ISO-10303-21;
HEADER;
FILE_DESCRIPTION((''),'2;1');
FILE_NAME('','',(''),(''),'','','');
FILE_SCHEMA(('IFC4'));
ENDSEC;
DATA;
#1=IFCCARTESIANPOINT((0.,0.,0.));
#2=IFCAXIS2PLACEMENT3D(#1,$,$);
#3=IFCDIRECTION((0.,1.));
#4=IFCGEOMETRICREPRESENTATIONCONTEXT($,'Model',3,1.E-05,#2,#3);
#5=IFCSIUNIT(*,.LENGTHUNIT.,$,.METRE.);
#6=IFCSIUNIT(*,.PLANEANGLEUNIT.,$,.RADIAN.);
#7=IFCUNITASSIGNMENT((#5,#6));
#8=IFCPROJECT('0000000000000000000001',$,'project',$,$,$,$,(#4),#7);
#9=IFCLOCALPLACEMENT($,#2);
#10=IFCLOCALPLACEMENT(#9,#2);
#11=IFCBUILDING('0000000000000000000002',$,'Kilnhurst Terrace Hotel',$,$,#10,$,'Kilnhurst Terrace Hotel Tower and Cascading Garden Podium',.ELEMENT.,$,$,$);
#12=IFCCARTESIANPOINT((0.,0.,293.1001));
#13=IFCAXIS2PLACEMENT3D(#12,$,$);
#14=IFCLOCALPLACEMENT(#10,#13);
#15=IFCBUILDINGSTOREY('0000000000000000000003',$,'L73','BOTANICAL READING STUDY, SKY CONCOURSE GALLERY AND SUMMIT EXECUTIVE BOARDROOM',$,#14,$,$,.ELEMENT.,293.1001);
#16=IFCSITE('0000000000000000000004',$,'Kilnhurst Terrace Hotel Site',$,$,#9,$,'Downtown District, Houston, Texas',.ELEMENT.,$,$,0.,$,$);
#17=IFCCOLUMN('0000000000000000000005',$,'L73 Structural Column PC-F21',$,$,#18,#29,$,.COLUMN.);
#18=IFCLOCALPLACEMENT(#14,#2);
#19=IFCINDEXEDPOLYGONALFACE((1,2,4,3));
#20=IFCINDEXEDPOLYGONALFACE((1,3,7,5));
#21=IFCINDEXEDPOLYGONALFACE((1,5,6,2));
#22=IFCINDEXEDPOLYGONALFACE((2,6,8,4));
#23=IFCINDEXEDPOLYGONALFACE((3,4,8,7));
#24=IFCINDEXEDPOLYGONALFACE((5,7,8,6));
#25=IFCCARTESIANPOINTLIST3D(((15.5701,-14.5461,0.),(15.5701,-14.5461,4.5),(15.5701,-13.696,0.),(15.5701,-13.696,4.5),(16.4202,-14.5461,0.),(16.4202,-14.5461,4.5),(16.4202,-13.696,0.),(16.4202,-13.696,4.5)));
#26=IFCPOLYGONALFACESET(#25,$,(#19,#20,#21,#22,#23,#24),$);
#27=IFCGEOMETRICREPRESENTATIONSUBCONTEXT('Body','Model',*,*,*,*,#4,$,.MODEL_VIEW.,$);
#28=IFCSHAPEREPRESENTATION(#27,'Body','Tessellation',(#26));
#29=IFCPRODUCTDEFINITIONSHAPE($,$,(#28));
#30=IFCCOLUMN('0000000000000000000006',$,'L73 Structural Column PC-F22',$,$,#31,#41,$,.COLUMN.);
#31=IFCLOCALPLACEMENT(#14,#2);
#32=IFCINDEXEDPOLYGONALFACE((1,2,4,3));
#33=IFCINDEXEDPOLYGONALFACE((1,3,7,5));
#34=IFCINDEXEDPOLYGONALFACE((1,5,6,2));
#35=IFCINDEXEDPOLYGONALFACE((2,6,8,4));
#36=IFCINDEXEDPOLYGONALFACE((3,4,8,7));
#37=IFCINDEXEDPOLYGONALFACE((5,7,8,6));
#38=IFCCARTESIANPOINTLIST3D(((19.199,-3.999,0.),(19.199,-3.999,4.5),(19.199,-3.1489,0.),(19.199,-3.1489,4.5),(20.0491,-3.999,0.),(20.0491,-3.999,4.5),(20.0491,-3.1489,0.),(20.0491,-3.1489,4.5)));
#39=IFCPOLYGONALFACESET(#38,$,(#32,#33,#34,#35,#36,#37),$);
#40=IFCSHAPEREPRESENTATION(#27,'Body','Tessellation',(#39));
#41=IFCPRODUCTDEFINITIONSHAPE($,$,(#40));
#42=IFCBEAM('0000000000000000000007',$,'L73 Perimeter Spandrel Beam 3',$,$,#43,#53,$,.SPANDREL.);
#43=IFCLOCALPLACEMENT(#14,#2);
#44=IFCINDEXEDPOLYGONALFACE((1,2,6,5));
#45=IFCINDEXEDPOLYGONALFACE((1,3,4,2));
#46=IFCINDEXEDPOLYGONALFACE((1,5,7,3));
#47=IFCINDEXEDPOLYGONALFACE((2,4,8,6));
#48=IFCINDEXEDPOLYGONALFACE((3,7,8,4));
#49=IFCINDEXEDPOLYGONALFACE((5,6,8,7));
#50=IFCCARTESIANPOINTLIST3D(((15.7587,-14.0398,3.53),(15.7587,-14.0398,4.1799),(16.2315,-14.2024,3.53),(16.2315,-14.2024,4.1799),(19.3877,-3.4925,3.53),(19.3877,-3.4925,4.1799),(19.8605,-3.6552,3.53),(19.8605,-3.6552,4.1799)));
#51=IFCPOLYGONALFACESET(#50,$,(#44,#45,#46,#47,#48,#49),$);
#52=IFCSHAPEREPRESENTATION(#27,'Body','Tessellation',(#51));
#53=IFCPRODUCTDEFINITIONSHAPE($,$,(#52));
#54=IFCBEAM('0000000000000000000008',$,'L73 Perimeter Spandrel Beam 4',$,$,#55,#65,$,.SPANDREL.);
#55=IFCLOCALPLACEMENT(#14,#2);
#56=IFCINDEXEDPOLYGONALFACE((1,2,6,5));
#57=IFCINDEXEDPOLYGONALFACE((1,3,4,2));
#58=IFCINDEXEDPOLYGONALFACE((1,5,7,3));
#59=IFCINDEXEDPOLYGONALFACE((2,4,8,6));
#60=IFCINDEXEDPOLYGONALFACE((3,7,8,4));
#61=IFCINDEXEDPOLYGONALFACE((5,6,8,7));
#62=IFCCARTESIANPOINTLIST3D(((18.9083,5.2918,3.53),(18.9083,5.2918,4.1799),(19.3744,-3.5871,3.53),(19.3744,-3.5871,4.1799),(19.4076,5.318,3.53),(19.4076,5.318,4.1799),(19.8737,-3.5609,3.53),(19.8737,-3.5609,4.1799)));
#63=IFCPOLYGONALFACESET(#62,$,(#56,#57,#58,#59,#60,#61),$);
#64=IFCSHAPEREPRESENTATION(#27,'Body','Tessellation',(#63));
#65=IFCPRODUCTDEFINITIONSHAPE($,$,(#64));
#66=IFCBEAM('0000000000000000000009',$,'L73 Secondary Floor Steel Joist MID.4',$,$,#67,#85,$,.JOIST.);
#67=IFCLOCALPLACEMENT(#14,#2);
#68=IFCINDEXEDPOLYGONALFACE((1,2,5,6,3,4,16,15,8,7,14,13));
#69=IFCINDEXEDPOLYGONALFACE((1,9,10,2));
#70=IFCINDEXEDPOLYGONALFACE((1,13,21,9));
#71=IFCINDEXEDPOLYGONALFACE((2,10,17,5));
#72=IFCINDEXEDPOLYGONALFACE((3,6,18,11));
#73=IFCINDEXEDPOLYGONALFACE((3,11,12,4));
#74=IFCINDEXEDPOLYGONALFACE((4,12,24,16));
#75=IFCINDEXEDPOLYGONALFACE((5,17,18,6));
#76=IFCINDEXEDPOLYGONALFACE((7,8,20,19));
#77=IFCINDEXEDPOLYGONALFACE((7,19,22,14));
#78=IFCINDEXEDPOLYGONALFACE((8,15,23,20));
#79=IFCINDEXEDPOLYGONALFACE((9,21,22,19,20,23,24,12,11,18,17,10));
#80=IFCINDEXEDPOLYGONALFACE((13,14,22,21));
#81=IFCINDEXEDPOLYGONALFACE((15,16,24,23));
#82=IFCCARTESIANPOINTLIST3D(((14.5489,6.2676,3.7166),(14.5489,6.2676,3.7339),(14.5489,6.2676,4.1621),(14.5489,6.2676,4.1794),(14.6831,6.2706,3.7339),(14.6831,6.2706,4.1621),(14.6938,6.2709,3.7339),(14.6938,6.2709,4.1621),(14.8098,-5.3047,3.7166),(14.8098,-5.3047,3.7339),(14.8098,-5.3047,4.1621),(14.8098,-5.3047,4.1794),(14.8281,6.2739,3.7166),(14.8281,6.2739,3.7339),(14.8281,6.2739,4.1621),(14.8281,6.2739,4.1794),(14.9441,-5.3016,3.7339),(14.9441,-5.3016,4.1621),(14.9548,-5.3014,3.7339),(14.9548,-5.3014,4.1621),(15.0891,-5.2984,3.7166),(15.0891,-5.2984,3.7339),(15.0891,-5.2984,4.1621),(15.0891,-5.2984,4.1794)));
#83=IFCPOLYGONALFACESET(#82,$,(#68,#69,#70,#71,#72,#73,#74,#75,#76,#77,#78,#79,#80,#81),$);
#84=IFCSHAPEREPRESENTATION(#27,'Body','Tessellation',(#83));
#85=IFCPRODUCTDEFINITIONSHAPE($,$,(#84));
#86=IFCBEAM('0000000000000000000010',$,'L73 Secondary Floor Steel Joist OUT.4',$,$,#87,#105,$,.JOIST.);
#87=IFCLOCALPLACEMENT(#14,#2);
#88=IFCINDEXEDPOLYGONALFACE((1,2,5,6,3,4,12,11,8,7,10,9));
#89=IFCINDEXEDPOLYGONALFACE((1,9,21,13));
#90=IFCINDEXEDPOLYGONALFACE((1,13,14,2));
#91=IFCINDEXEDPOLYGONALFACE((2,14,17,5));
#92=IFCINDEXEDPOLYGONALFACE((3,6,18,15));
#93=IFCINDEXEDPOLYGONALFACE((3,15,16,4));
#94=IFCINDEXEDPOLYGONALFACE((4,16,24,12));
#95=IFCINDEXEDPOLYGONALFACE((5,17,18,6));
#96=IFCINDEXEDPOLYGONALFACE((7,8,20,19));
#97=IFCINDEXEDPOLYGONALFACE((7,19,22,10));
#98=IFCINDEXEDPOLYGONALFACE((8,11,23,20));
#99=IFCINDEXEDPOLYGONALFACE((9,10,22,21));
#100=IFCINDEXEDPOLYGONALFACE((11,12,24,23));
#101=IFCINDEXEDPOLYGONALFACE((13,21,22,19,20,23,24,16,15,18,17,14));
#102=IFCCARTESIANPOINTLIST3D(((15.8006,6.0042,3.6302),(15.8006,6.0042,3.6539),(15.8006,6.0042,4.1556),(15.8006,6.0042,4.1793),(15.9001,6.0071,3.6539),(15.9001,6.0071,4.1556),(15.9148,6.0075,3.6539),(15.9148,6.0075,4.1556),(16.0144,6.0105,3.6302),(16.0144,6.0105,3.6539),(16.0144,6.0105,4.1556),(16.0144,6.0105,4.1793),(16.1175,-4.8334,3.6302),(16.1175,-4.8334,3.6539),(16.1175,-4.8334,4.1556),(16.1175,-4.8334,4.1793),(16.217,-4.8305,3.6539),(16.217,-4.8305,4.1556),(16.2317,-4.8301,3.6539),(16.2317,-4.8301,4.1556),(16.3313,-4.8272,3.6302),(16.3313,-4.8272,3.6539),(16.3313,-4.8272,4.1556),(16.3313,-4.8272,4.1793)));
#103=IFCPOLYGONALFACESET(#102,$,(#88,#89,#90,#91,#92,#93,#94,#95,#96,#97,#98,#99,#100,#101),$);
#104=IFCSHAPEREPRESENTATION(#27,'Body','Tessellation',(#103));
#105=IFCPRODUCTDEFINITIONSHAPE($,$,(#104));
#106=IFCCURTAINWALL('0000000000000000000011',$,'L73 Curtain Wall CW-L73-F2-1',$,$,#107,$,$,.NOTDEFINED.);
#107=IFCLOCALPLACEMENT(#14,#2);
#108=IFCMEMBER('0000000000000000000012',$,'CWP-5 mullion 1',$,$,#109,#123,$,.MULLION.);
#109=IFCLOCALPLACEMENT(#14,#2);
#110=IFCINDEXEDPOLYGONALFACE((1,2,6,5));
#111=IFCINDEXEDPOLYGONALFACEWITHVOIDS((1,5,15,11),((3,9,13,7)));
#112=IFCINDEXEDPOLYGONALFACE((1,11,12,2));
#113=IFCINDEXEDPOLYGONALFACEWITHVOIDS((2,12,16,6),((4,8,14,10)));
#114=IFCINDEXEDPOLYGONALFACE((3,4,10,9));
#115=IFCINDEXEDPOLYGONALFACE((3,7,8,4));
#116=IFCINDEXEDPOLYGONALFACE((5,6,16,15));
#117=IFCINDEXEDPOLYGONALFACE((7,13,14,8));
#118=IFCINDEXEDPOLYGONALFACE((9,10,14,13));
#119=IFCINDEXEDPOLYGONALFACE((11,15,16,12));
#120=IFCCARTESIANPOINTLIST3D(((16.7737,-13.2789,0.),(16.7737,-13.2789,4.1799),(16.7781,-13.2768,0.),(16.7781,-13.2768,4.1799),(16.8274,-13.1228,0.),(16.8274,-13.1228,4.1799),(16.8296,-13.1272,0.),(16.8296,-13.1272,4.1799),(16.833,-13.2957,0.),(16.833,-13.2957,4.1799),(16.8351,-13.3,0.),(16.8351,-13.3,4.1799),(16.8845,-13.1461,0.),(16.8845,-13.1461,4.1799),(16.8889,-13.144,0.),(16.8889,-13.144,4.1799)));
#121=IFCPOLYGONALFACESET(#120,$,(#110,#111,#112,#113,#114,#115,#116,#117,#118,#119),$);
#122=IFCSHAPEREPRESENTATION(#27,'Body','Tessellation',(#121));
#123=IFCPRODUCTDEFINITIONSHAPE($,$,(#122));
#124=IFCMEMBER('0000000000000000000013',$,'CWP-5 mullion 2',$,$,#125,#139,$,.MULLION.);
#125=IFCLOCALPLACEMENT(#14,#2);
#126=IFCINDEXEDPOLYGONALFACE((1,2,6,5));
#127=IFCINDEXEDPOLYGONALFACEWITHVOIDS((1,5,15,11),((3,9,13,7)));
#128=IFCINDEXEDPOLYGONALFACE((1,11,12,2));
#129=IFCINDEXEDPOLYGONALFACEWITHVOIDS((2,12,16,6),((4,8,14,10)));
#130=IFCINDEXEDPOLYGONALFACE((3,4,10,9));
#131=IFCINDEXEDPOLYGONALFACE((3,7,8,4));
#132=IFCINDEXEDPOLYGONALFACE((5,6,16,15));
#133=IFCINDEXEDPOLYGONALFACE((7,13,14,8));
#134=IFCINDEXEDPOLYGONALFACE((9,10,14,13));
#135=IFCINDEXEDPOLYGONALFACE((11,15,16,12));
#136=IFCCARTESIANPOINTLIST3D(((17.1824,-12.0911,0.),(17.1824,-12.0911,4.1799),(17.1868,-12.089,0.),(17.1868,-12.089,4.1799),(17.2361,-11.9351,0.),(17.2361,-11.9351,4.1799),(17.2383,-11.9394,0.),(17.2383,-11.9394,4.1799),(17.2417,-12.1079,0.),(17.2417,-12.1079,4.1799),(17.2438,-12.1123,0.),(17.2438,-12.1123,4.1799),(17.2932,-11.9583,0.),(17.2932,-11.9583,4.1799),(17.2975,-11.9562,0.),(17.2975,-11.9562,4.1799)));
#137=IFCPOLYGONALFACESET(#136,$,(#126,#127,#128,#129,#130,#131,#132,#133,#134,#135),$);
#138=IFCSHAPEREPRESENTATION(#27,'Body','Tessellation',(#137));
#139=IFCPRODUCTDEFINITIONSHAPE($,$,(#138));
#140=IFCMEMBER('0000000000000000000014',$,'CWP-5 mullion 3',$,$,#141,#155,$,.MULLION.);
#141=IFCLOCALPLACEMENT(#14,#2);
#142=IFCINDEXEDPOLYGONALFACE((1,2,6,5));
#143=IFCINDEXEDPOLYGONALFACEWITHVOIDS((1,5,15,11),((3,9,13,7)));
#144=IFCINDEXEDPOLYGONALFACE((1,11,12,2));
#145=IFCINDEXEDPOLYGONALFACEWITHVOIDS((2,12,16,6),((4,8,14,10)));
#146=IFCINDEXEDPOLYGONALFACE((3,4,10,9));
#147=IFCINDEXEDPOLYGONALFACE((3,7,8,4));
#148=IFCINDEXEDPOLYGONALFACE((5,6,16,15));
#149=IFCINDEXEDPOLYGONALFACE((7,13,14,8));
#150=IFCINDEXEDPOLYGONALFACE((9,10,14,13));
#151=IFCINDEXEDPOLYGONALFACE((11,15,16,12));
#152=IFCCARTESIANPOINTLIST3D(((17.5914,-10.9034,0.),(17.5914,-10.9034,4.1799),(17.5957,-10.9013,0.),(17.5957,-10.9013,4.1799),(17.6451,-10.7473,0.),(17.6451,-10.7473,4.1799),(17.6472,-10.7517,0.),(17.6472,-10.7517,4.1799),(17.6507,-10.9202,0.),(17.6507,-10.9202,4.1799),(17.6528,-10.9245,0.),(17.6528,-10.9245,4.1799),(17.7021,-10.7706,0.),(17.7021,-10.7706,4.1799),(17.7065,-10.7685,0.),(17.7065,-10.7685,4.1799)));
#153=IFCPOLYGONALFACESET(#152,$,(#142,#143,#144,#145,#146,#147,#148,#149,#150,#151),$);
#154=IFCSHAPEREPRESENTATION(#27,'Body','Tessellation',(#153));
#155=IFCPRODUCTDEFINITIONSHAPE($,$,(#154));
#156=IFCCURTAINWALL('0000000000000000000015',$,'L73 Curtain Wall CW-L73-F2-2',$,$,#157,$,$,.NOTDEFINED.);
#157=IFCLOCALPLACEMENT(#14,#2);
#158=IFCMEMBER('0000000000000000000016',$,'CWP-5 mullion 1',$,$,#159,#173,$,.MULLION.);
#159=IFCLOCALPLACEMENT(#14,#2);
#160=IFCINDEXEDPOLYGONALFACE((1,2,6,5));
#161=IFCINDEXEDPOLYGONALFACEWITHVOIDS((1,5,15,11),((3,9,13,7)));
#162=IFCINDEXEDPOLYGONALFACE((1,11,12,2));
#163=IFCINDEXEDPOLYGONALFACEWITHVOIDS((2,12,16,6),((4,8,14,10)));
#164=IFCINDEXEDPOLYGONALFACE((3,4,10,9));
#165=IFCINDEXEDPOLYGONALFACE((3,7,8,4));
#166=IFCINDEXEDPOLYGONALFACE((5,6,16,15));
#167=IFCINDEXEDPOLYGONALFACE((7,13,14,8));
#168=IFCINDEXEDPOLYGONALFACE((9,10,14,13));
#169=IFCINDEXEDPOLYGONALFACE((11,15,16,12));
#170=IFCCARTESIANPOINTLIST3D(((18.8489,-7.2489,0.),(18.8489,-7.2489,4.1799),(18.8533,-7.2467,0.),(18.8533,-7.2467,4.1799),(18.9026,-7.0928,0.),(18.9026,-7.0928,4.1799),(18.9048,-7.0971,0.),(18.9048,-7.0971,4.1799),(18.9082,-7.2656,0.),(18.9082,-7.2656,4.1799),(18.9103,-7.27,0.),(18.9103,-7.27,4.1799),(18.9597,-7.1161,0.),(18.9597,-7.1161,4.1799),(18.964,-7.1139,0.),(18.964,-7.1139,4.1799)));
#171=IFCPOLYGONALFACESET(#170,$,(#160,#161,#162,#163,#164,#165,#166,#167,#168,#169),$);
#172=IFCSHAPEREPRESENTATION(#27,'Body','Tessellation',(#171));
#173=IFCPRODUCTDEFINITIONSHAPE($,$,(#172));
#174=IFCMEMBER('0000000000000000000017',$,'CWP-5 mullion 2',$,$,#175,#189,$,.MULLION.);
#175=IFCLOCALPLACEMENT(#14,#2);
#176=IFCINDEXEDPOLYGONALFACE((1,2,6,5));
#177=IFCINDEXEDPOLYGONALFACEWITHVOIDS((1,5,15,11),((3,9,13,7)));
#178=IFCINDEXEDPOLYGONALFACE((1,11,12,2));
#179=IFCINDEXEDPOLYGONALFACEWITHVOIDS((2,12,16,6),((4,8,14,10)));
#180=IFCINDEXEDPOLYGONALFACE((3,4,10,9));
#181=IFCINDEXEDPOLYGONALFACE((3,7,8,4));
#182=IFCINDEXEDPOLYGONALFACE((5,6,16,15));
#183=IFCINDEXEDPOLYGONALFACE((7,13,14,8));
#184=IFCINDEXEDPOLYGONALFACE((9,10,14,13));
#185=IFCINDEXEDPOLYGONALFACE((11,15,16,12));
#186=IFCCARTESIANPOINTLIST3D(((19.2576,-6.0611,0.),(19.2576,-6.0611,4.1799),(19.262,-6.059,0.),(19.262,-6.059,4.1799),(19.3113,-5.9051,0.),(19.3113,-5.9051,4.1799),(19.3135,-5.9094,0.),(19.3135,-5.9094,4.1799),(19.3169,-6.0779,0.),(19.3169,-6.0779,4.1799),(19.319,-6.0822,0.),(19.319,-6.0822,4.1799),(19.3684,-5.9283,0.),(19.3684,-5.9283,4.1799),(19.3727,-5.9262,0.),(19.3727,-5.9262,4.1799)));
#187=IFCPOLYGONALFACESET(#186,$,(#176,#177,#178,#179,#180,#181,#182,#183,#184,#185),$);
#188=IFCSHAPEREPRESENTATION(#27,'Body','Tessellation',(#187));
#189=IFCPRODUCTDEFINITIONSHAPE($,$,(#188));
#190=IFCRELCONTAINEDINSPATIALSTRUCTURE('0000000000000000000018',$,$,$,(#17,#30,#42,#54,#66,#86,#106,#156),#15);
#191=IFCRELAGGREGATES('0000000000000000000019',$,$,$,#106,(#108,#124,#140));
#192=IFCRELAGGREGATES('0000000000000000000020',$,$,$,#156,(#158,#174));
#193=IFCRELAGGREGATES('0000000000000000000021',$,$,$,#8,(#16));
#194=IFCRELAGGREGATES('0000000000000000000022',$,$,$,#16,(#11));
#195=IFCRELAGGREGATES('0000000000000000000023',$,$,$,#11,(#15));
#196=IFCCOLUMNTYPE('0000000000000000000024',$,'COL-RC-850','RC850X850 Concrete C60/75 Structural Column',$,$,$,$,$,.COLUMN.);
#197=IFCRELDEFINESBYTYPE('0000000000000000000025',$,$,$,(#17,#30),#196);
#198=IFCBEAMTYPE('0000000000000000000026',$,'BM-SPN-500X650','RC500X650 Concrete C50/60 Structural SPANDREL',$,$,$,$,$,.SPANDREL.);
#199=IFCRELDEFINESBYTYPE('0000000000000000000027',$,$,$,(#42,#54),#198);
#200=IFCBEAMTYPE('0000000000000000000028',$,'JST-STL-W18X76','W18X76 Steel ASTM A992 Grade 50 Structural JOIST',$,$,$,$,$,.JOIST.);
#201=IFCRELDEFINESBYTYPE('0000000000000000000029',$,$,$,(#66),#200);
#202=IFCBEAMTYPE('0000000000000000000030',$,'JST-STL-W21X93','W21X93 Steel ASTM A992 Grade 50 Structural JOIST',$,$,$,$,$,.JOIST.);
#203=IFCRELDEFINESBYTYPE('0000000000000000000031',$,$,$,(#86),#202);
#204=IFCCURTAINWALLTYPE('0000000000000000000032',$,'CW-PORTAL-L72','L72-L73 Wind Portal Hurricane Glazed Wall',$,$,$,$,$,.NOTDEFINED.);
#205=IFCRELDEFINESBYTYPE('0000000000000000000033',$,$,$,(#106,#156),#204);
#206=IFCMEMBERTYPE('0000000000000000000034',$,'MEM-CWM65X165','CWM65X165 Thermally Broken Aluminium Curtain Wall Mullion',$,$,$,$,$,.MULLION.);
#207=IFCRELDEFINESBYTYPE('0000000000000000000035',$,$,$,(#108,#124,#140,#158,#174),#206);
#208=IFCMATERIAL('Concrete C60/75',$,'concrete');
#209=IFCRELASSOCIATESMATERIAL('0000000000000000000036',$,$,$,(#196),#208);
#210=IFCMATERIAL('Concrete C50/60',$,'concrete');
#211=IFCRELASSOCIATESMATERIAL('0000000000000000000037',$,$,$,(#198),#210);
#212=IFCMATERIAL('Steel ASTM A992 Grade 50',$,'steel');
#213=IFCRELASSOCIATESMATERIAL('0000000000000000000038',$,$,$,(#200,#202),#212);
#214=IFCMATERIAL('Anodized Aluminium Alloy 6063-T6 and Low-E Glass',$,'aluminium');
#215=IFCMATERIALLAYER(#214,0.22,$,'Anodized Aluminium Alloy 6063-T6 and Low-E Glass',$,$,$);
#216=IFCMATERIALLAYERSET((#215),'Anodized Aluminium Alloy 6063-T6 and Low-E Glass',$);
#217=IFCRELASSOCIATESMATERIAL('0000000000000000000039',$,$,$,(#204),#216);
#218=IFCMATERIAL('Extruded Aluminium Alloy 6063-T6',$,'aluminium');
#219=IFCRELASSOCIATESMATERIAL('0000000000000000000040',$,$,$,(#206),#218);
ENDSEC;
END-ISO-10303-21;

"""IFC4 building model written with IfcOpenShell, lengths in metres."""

from ifc_helpers import new_model, si_unit, direction, frame, origin, origin_2d, place, context, subcontext, project, spatial, rectangle, hollow_rectangle, i_section, extrude, material, layer, layer_set, material_profile, profile_set, type_object, element, aggregate, save


model = new_model("IFC4")

# Units and contexts
model_context = context("Model", 3, precision=1e-05, world=origin(), true_north=direction((0.0, 1.0)))
body_context = subcontext(model_context, "Body", "Model", "MODEL_VIEW")
ifc_project = project(units=[si_unit("LENGTHUNIT", "METRE"), si_unit("PLANEANGLEUNIT", "RADIAN")], contexts=[model_context])

# Site, building, storey
site_placement = place(None, origin())
site = spatial("IfcSite", under=ifc_project, at=site_placement, Name="Kilnhurst Terrace Hotel Site", LongName="Downtown District, Houston, Texas", CompositionType="ELEMENT", RefElevation=0.0)
building_placement = place(site_placement, origin())
building = spatial("IfcBuilding", under=site, at=building_placement, Name="Kilnhurst Terrace Hotel", LongName="Kilnhurst Terrace Hotel Tower and Cascading Garden Podium", CompositionType="ELEMENT")
storey_placement = place(building_placement, frame((0.0, 0.0, 293.1001)))
storey = spatial("IfcBuildingStorey", under=building, at=storey_placement, Name="L73", Description="BOTANICAL READING STUDY, SKY CONCOURSE GALLERY AND SUMMIT EXECUTIVE BOARDROOM", CompositionType="ELEMENT", Elevation=293.1001)

# Columns
ifc_material_1 = material(Name="Concrete C60/75", Category="concrete")
ifc_material_profile_1 = material_profile(ifc_material_1, rectangle(XDim=0.8501, YDim=0.8501, at=origin_2d()), Name="RC850X850")
ifc_profile_set_1 = profile_set([ifc_material_profile_1], Name="Concrete C60/75")
column_type = type_object("IfcColumnType", Name="COL-RC-850", Description="RC850X850 Concrete C60/75 Structural Column", PredefinedType="COLUMN", material=ifc_profile_set_1)
for number, where, z_axis, x_axis, name in (
    (1, (15.9951, -14.1211, 0.0), (0.0, 0.0, 1.0), (1.0, 0.0, 0.0), "L73 Structural Column PC-F21"),
    (2, (19.624, -3.574, 0.0), (0.0, 0.0, 1.0), (1.0, 0.0, 0.0), "L73 Structural Column PC-F22"),
):
    element("IfcColumn", number, at=place(storey_placement, frame(where, z_axis=z_axis, x_axis=x_axis)), inside=storey, type_object=column_type, Name=name, PredefinedType="COLUMN", context=body_context, shape_type="SweptSolid", body=[
        extrude(rectangle(XDim=0.8501, YDim=0.8501, at=origin_2d()), origin(), (0.0, 0.0, 1.0), 4.5),
    ])

# Beams
ifc_material_2 = material(Name="Concrete C50/60", Category="concrete")
ifc_material_profile_2 = material_profile(ifc_material_2, rectangle(XDim=0.5, YDim=0.6499, at=origin_2d()), Name="RC500X650")
ifc_profile_set_2 = profile_set([ifc_material_profile_2], Name="Concrete C50/60")
beam_type_1 = type_object("IfcBeamType", Name="BM-SPN-500X650", Description="RC500X650 Concrete C50/60 Structural SPANDREL", PredefinedType="SPANDREL", material=ifc_profile_set_2)
beam_1_placement = place(storey_placement, frame((15.9951, -14.1211, 3.855), z_axis=(0.325347, 0.945595, 0.0), x_axis=(-0.945595, 0.325347, 0.0)))
element("IfcBeam", 3, at=beam_1_placement, inside=storey, type_object=beam_type_1, Name="L73 Perimeter Spandrel Beam 3", PredefinedType="SPANDREL", context=body_context, shape_type="SweptSolid", body=[
    extrude(rectangle(XDim=0.5, YDim=0.6499, at=origin_2d()), origin(), (0.0, 0.0, 1.0), 11.1541),
])
beam_2_placement = place(storey_placement, frame((19.624, -3.574, 3.855), z_axis=(-0.052419, 0.998625, 0.0), x_axis=(-0.998625, -0.052419, 0.0)))
element("IfcBeam", 4, at=beam_2_placement, inside=storey, type_object=beam_type_1, Name="L73 Perimeter Spandrel Beam 4", PredefinedType="SPANDREL", context=body_context, shape_type="SweptSolid", body=[
    extrude(rectangle(XDim=0.5, YDim=0.6499, at=origin_2d()), origin(), (0.0, 0.0, 1.0), 8.8911),
])
ifc_material_3 = material(Name="Steel ASTM A992 Grade 50", Category="steel")
ifc_material_profile_3 = material_profile(ifc_material_3, i_section(OverallWidth=0.2793, OverallDepth=0.4629, WebThickness=0.0107, FlangeThickness=0.0173, at=origin_2d()), Name="W18X76")
ifc_profile_set_3 = profile_set([ifc_material_profile_3], Name="Steel ASTM A992 Grade 50")
beam_type_2 = type_object("IfcBeamType", Name="JST-STL-W18X76", Description="W18X76 Steel ASTM A992 Grade 50 Structural JOIST", PredefinedType="JOIST", material=ifc_profile_set_3)
beam_3_placement = place(storey_placement, frame((14.9495, -5.3015, 3.948), z_axis=(-0.022547, 0.999746, 0.0), x_axis=(-0.999746, -0.022547, 0.0)))
element("IfcBeam", 5, at=beam_3_placement, inside=storey, type_object=beam_type_2, Name="L73 Secondary Floor Steel Joist MID.4", PredefinedType="JOIST", context=body_context, shape_type="SweptSolid", body=[
    extrude(i_section(OverallWidth=0.2793, OverallDepth=0.4629, WebThickness=0.0107, FlangeThickness=0.0173, at=origin_2d()), origin(), (0.0, 0.0, 1.0), 11.5752),
])
ifc_material_profile_4 = material_profile(ifc_material_3, i_section(OverallWidth=0.2139, OverallDepth=0.5491, WebThickness=0.0146, FlangeThickness=0.0237, at=origin_2d()), Name="W21X93")
ifc_profile_set_4 = profile_set([ifc_material_profile_4], Name="Steel ASTM A992 Grade 50")
beam_type_3 = type_object("IfcBeamType", Name="JST-STL-W21X93", Description="W21X93 Steel ASTM A992 Grade 50 Structural JOIST", PredefinedType="JOIST", material=ifc_profile_set_4)
beam_4_placement = place(storey_placement, frame((16.2244, -4.8303, 3.9048), z_axis=(-0.029228, 0.999573, 0.0), x_axis=(-0.999573, -0.029228, 0.0)))
element("IfcBeam", 6, at=beam_4_placement, inside=storey, type_object=beam_type_3, Name="L73 Secondary Floor Steel Joist OUT.4", PredefinedType="JOIST", context=body_context, shape_type="SweptSolid", body=[
    extrude(i_section(OverallWidth=0.2139, OverallDepth=0.5491, WebThickness=0.0146, FlangeThickness=0.0237, at=origin_2d()), origin(), (0.0, 0.0, 1.0), 10.8423),
])

# Curtain walls, members
ifc_material_4 = material(Name="Anodized Aluminium Alloy 6063-T6 and Low-E Glass", Category="aluminium")
ifc_layer_1 = layer(ifc_material_4, 0.22, Name="Anodized Aluminium Alloy 6063-T6 and Low-E Glass")
ifc_layer_set_1 = layer_set([ifc_layer_1], Name="Anodized Aluminium Alloy 6063-T6 and Low-E Glass")
curtain_wall_type = type_object("IfcCurtainWallType", Name="CW-PORTAL-L72", Description="L72-L73 Wind Portal Hurricane Glazed Wall", PredefinedType="NOTDEFINED", material=ifc_layer_set_1)
curtain_wall_1_placement = place(storey_placement, origin())
curtain_wall_1 = element("IfcCurtainWall", 7, at=curtain_wall_1_placement, inside=storey, type_object=curtain_wall_type, Name="L73 Curtain Wall CW-L73-F2-1", PredefinedType="NOTDEFINED")
ifc_material_5 = material(Name="Extruded Aluminium Alloy 6063-T6", Category="aluminium")
ifc_material_profile_5 = material_profile(ifc_material_5, hollow_rectangle(XDim=0.0649, YDim=0.165, WallThickness=0.0034, at=origin_2d()), Name="CWM65X165")
ifc_profile_set_5 = profile_set([ifc_material_profile_5], Name="Extruded Aluminium Alloy 6063-T6")
member_type_1 = type_object("IfcMemberType", Name="MEM-CWM65X165", Description="CWM65X165 Thermally Broken Aluminium Curtain Wall Mullion", PredefinedType="MULLION", material=ifc_profile_set_5)
member_1_placement = place(storey_placement, frame((16.8313, -13.2114, 0.0), z_axis=(0.0, 0.0, 1.0), x_axis=(-0.945573, 0.325409, 0.0)))
member_1 = element("IfcMember", 8, at=member_1_placement, type_object=member_type_1, Name="CWP-5 mullion 1", PredefinedType="MULLION", context=body_context, shape_type="SweptSolid", body=[
    extrude(hollow_rectangle(XDim=0.0649, YDim=0.165, WallThickness=0.0034, at=origin_2d()), origin(), (0.0, 0.0, 1.0), 4.1799),
])
member_2_placement = place(storey_placement, frame((17.24, -12.0237, 0.0), z_axis=(0.0, 0.0, 1.0), x_axis=(-0.945573, 0.325409, 0.0)))
member_2 = element("IfcMember", 9, at=member_2_placement, type_object=member_type_1, Name="CWP-5 mullion 2", PredefinedType="MULLION", context=body_context, shape_type="SweptSolid", body=[
    extrude(hollow_rectangle(XDim=0.0649, YDim=0.165, WallThickness=0.0034, at=origin_2d()), origin(), (0.0, 0.0, 1.0), 4.1799),
])
member_3_placement = place(storey_placement, frame((17.6489, -10.8359, 0.0), z_axis=(0.0, 0.0, 1.0), x_axis=(-0.945573, 0.325409, 0.0)))
member_3 = element("IfcMember", 10, at=member_3_placement, type_object=member_type_1, Name="CWP-5 mullion 3", PredefinedType="MULLION", context=body_context, shape_type="SweptSolid", body=[
    extrude(hollow_rectangle(XDim=0.0649, YDim=0.165, WallThickness=0.0034, at=origin_2d()), origin(), (0.0, 0.0, 1.0), 4.1799),
])
curtain_wall_2_placement = place(storey_placement, origin())
curtain_wall_2 = element("IfcCurtainWall", 11, at=curtain_wall_2_placement, inside=storey, type_object=curtain_wall_type, Name="L73 Curtain Wall CW-L73-F2-2", PredefinedType="NOTDEFINED")
member_4_placement = place(storey_placement, frame((18.9065, -7.1814, 0.0), z_axis=(0.0, 0.0, 1.0), x_axis=(-0.945581, 0.325387, 0.0)))
member_4 = element("IfcMember", 12, at=member_4_placement, type_object=member_type_1, Name="CWP-5 mullion 1", PredefinedType="MULLION", context=body_context, shape_type="SweptSolid", body=[
    extrude(hollow_rectangle(XDim=0.0649, YDim=0.165, WallThickness=0.0034, at=origin_2d()), origin(), (0.0, 0.0, 1.0), 4.1799),
])
member_5_placement = place(storey_placement, frame((19.3152, -5.9937, 0.0), z_axis=(0.0, 0.0, 1.0), x_axis=(-0.945581, 0.325387, 0.0)))
member_5 = element("IfcMember", 13, at=member_5_placement, type_object=member_type_1, Name="CWP-5 mullion 2", PredefinedType="MULLION", context=body_context, shape_type="SweptSolid", body=[
    extrude(hollow_rectangle(XDim=0.0649, YDim=0.165, WallThickness=0.0034, at=origin_2d()), origin(), (0.0, 0.0, 1.0), 4.1799),
])

aggregate(curtain_wall_1, [member_1, member_2, member_3])
aggregate(curtain_wall_2, [member_4, member_5])

save(model, "model.ifc")
